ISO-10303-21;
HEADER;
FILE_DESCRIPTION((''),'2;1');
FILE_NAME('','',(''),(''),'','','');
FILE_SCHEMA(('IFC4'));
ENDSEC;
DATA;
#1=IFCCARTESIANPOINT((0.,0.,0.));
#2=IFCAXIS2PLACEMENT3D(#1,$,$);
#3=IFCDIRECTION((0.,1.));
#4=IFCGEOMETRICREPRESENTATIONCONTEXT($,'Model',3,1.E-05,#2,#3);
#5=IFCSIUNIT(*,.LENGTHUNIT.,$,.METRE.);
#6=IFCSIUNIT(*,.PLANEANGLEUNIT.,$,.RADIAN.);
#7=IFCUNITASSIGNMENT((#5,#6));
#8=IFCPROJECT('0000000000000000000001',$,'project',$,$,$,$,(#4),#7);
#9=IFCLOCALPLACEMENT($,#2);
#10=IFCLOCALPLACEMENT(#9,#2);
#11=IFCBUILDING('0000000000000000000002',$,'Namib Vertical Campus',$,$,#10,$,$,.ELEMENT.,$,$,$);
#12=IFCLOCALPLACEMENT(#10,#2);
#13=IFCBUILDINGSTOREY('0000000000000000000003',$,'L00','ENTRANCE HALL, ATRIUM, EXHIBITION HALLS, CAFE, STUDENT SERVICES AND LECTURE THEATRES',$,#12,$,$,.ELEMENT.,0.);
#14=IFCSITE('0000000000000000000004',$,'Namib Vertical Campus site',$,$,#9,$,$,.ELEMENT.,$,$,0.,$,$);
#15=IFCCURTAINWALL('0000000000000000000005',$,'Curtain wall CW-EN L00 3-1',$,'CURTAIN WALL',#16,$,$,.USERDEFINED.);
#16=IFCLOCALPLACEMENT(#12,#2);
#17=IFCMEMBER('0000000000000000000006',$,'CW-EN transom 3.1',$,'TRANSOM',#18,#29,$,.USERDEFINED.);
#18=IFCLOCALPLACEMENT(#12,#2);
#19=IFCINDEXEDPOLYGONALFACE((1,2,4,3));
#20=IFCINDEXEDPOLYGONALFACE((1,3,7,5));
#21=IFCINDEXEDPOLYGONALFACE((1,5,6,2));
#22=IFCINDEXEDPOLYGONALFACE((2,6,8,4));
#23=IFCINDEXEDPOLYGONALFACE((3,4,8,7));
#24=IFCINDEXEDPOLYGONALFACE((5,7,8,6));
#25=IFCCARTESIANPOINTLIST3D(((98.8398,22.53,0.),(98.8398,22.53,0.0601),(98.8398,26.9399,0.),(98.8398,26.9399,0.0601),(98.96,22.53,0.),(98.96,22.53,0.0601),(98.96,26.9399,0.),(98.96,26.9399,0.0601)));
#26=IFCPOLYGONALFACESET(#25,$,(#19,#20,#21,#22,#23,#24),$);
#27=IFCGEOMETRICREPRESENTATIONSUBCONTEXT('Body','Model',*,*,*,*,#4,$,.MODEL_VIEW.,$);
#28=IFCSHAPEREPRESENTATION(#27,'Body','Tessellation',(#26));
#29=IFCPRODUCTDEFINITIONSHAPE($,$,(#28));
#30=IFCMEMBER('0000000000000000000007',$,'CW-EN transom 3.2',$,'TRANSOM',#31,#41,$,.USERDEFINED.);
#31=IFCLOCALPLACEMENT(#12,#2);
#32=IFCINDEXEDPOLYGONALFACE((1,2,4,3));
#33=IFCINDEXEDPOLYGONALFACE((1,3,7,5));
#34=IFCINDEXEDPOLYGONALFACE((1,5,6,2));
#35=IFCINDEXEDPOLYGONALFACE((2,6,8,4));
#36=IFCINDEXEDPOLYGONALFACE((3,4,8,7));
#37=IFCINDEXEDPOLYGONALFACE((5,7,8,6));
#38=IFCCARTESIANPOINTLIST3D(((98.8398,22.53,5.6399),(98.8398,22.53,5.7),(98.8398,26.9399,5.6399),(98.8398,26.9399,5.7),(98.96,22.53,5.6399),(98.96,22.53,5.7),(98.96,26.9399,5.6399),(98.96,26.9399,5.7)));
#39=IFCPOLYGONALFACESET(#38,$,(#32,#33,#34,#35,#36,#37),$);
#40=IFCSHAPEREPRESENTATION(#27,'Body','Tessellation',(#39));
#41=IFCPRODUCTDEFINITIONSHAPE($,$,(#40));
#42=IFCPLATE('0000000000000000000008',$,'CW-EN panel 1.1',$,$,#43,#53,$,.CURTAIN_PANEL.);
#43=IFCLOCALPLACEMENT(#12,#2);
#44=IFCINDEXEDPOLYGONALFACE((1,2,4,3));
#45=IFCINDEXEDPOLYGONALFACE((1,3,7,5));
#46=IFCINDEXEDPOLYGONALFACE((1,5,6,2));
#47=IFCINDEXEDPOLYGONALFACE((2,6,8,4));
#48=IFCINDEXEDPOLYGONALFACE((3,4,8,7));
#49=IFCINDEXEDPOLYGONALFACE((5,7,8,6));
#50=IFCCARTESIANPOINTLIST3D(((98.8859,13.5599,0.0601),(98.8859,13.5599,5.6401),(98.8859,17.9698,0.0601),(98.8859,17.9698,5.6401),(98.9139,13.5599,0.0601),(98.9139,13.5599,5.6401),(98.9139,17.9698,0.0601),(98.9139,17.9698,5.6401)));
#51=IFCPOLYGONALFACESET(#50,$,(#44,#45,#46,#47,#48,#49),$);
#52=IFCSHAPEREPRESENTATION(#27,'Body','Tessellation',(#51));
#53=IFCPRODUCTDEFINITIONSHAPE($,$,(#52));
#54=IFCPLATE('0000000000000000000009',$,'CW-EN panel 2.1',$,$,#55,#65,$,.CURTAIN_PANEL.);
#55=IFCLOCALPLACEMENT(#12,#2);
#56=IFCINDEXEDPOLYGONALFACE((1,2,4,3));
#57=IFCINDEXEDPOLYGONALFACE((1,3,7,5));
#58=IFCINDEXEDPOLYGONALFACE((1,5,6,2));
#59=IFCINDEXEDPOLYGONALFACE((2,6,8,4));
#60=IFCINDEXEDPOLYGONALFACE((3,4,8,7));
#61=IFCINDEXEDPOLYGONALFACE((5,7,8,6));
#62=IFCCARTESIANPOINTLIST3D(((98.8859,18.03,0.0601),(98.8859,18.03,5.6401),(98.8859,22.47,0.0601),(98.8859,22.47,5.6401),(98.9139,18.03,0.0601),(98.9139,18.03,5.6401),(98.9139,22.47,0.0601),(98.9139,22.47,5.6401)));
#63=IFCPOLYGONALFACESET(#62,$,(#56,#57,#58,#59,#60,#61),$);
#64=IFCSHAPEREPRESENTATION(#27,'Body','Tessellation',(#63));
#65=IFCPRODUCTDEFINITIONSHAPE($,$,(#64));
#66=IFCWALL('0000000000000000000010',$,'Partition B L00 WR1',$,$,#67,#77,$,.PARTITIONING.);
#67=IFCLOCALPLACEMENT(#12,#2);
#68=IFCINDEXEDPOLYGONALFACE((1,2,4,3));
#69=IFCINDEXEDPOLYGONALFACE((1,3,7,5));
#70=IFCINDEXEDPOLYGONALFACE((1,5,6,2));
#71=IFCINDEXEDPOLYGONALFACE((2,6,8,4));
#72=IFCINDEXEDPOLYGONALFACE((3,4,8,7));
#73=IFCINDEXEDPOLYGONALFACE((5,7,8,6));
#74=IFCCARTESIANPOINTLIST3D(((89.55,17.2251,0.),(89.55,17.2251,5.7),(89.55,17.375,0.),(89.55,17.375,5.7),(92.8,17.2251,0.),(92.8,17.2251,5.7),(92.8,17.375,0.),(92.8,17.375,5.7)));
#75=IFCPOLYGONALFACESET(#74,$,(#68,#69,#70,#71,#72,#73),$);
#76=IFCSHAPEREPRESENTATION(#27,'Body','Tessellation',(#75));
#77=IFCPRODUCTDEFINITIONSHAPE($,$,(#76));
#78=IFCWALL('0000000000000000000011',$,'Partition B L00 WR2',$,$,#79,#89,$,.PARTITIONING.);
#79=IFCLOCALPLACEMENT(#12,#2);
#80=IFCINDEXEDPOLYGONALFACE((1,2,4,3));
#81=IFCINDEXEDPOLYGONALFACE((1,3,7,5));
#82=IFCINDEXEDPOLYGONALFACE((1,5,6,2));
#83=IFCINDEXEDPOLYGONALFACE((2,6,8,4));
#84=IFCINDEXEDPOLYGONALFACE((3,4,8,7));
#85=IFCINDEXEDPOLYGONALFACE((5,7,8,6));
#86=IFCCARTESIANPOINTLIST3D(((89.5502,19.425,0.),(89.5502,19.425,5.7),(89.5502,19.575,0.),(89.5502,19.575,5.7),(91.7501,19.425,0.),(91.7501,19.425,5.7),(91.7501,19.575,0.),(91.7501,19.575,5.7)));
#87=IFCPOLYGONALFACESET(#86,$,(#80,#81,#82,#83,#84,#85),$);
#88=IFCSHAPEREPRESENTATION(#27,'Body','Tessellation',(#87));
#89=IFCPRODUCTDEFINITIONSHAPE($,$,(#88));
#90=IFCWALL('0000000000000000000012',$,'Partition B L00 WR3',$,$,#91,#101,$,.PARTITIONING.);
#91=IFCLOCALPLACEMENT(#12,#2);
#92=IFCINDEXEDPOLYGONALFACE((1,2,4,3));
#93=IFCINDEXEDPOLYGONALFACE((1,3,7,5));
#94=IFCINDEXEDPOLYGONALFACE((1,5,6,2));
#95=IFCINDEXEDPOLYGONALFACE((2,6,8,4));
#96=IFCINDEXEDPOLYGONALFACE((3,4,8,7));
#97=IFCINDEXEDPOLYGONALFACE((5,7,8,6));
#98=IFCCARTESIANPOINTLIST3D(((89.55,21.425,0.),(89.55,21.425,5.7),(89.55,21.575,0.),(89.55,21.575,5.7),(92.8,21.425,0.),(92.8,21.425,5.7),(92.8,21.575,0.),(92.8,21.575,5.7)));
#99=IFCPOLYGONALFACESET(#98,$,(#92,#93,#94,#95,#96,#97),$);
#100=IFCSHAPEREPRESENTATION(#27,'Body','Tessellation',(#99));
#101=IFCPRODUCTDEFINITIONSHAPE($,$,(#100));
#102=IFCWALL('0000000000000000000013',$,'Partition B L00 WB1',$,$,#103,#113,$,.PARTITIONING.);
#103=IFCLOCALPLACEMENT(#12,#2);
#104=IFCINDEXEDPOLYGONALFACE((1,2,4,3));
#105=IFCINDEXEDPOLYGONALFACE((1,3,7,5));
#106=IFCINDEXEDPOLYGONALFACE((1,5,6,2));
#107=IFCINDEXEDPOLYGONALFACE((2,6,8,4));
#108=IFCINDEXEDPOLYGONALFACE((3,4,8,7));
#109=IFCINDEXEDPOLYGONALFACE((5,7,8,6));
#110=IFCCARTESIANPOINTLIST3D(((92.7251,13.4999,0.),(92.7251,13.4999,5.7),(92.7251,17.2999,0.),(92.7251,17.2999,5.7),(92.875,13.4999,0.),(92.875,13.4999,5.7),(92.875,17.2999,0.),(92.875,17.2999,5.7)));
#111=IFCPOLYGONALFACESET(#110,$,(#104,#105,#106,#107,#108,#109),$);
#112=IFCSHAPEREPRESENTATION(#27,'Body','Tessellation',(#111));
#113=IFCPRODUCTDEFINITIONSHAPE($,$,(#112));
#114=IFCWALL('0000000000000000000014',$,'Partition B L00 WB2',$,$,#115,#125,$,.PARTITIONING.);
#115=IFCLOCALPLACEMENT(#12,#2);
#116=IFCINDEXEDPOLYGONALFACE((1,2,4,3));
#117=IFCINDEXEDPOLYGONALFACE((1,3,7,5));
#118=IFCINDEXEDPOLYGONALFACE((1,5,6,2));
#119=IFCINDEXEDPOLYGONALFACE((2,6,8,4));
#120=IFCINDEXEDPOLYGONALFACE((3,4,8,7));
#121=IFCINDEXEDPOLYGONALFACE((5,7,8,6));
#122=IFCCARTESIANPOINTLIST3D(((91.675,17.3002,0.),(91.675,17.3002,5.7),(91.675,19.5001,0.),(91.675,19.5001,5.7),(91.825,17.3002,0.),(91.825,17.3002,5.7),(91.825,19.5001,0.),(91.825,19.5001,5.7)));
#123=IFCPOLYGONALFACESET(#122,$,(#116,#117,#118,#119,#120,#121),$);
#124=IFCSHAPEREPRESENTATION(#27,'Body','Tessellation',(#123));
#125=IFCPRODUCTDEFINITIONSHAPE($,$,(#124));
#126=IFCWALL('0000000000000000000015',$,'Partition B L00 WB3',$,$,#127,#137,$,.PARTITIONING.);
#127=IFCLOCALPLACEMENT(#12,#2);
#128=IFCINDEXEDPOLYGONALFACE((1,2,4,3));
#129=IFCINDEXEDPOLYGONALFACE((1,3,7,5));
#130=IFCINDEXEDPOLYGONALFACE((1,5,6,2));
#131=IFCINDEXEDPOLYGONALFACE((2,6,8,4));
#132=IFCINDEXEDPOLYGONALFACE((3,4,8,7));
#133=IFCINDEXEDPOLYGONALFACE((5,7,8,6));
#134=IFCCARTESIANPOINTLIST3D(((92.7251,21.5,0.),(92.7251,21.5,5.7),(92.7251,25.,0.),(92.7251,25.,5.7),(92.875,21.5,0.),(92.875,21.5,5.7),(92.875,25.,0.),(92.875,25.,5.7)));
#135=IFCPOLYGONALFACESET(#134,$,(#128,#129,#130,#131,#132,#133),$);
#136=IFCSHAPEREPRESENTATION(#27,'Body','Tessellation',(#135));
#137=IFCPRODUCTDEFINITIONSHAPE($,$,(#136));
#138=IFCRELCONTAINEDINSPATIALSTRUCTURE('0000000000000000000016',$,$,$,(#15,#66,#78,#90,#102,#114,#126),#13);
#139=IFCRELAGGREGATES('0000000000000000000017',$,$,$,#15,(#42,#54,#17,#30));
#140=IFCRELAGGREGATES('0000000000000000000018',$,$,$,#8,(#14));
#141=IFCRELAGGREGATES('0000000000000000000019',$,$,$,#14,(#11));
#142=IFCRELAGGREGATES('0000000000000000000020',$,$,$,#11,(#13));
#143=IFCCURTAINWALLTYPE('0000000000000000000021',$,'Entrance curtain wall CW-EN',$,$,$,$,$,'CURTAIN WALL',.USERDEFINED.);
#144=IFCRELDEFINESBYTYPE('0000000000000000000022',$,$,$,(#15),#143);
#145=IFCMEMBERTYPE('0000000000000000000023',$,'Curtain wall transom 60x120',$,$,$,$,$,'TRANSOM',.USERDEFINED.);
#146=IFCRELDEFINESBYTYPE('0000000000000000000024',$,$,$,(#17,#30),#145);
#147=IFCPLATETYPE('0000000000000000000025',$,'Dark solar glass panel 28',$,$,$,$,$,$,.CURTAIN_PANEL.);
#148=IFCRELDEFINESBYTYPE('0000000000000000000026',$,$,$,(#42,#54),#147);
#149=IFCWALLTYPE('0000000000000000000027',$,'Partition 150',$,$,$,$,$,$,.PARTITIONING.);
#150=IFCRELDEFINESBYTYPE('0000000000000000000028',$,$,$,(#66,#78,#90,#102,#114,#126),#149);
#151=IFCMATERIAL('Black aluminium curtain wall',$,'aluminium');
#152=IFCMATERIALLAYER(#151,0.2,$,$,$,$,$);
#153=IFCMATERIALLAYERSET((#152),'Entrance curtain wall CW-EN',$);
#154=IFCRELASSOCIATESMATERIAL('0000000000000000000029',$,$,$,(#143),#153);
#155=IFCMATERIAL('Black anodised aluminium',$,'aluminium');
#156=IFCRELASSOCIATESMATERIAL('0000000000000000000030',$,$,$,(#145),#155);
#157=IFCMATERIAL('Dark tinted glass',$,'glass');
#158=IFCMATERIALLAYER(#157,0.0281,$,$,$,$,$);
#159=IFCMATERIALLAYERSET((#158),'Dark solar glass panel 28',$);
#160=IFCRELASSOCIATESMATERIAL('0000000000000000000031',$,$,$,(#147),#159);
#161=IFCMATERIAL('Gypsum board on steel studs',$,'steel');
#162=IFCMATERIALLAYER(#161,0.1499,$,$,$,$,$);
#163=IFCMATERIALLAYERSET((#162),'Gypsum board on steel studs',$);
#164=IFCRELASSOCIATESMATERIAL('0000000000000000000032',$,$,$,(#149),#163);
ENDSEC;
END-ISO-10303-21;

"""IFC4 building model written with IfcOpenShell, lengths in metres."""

from ifc_helpers import new_model, si_unit, direction, frame, frame_2d, origin, origin_2d, place, context, subcontext, project, spatial, rectangle, extrude, material, layer, layer_set, material_profile, profile_set, type_object, element, aggregate, save


model = new_model("IFC4")

# Units and contexts
model_context = context("Model", 3, precision=1e-05, world=origin(), true_north=direction((0.0, 1.0)))
body_context = subcontext(model_context, "Body", "Model", "MODEL_VIEW")
ifc_project = project(units=[si_unit("LENGTHUNIT", "METRE"), si_unit("PLANEANGLEUNIT", "RADIAN")], contexts=[model_context])

# Site, building, storey
site_placement = place(None, origin())
site = spatial("IfcSite", under=ifc_project, at=site_placement, Name="Namib Vertical Campus site", CompositionType="ELEMENT", RefElevation=0.0)
building_placement = place(site_placement, origin())
building = spatial("IfcBuilding", under=site, at=building_placement, Name="Namib Vertical Campus", CompositionType="ELEMENT")
storey_placement = place(building_placement, origin())
storey = spatial("IfcBuildingStorey", under=building, at=storey_placement, Name="L00", Description="ENTRANCE HALL, ATRIUM, EXHIBITION HALLS, CAFE, STUDENT SERVICES AND LECTURE THEATRES", CompositionType="ELEMENT", Elevation=0.0)

# Curtain wall, members, plates
ifc_material_1 = material(Name="Black aluminium curtain wall", Category="aluminium")
ifc_layer_1 = layer(ifc_material_1, 0.2)
ifc_layer_set_1 = layer_set([ifc_layer_1], Name="Entrance curtain wall CW-EN")
curtain_wall_type = type_object("IfcCurtainWallType", Name="Entrance curtain wall CW-EN", ElementType="CURTAIN WALL", PredefinedType="USERDEFINED", material=ifc_layer_set_1)
curtain_wall_placement = place(storey_placement, origin())
curtain_wall = element("IfcCurtainWall", 1, at=curtain_wall_placement, inside=storey, type_object=curtain_wall_type, Name="Curtain wall CW-EN L00 3-1", ObjectType="CURTAIN WALL", PredefinedType="USERDEFINED")
ifc_material_2 = material(Name="Black anodised aluminium", Category="aluminium")
ifc_material_profile_1 = material_profile(ifc_material_2, rectangle(XDim=0.0601, YDim=0.1201, at=origin_2d()))
ifc_profile_set_1 = profile_set([ifc_material_profile_1], Name="Black anodised aluminium")
member_type_1 = type_object("IfcMemberType", Name="Curtain wall transom 60x120", ElementType="TRANSOM", PredefinedType="USERDEFINED", material=ifc_profile_set_1)
member_1_placement = place(storey_placement, frame((98.8999, 22.53, 0.03), z_axis=(0.0, 1.0, 0.0), x_axis=(0.0, 0.0, 1.0)))
member_1 = element("IfcMember", 2, at=member_1_placement, type_object=member_type_1, Name="CW-EN transom 3.1", ObjectType="TRANSOM", PredefinedType="USERDEFINED", context=body_context, shape_type="SweptSolid", body=[
    extrude(rectangle(XDim=0.0601, YDim=0.1201, at=origin_2d()), origin(), (0.0, 0.0, 1.0), 4.4099),
])
member_2_placement = place(storey_placement, frame((98.8999, 22.53, 5.6699), z_axis=(0.0, 1.0, 0.0), x_axis=(0.0, 0.0, 1.0)))
member_2 = element("IfcMember", 3, at=member_2_placement, type_object=member_type_1, Name="CW-EN transom 3.2", ObjectType="TRANSOM", PredefinedType="USERDEFINED", context=body_context, shape_type="SweptSolid", body=[
    extrude(rectangle(XDim=0.0601, YDim=0.1201, at=origin_2d()), origin(), (0.0, 0.0, 1.0), 4.4099),
])
ifc_material_3 = material(Name="Dark tinted glass", Category="glass")
ifc_layer_2 = layer(ifc_material_3, 0.0281)
ifc_layer_set_2 = layer_set([ifc_layer_2], Name="Dark solar glass panel 28")
plate_type = type_object("IfcPlateType", Name="Dark solar glass panel 28", PredefinedType="CURTAIN_PANEL", material=ifc_layer_set_2)
plate_1_placement = place(storey_placement, frame((98.8999, 15.7649, 0.0601), z_axis=(0.0, 0.0, 1.0), x_axis=(0.0, 1.0, 0.0)))
plate_1 = element("IfcPlate", 4, at=plate_1_placement, type_object=plate_type, Name="CW-EN panel 1.1", PredefinedType="CURTAIN_PANEL", context=body_context, shape_type="SweptSolid", body=[
    extrude(rectangle(XDim=4.4099, YDim=0.0281, at=origin_2d()), origin(), (0.0, 0.0, 1.0), 5.5801),
])
plate_2_placement = place(storey_placement, frame((98.8999, 20.25, 0.0601), z_axis=(0.0, 0.0, 1.0), x_axis=(0.0, 1.0, 0.0)))
plate_2 = element("IfcPlate", 5, at=plate_2_placement, type_object=plate_type, Name="CW-EN panel 2.1", PredefinedType="CURTAIN_PANEL", context=body_context, shape_type="SweptSolid", body=[
    extrude(rectangle(XDim=4.4399, YDim=0.0281, at=origin_2d()), origin(), (0.0, 0.0, 1.0), 5.5801),
])
aggregate(curtain_wall, [plate_1, plate_2, member_1, member_2])

# Walls
ifc_material_4 = material(Name="Gypsum board on steel studs", Category="steel")
ifc_layer_3 = layer(ifc_material_4, 0.1499)
ifc_layer_set_3 = layer_set([ifc_layer_3], Name="Gypsum board on steel studs")
wall_type = type_object("IfcWallType", Name="Partition 150", PredefinedType="PARTITIONING", material=ifc_layer_set_3)
wall_1_placement = place(storey_placement, frame((89.55, 17.3, 0.0), z_axis=(0.0, 0.0, 1.0), x_axis=(1.0, 0.0, 0.0)))
element("IfcWall", 6, at=wall_1_placement, inside=storey, type_object=wall_type, Name="Partition B L00 WR1", PredefinedType="PARTITIONING", context=body_context, shape_type="SweptSolid", body=[
    extrude(rectangle(XDim=3.25, YDim=0.1499, at=frame_2d((1.625, 0.0))), origin(), (0.0, 0.0, 1.0), 5.7),
])
wall_2_placement = place(storey_placement, frame((89.55, 19.5, 0.0), z_axis=(0.0, 0.0, 1.0), x_axis=(1.0, 0.0, 0.0)))
element("IfcWall", 7, at=wall_2_placement, inside=storey, type_object=wall_type, Name="Partition B L00 WR2", PredefinedType="PARTITIONING", context=body_context, shape_type="SweptSolid", body=[
    extrude(rectangle(XDim=2.2, YDim=0.1499, at=frame_2d((1.1001, 0.0))), origin(), (0.0, 0.0, 1.0), 5.7),
])
wall_3_placement = place(storey_placement, frame((89.55, 21.5, 0.0), z_axis=(0.0, 0.0, 1.0), x_axis=(1.0, 0.0, 0.0)))
element("IfcWall", 8, at=wall_3_placement, inside=storey, type_object=wall_type, Name="Partition B L00 WR3", PredefinedType="PARTITIONING", context=body_context, shape_type="SweptSolid", body=[
    extrude(rectangle(XDim=3.25, YDim=0.1499, at=frame_2d((1.625, 0.0))), origin(), (0.0, 0.0, 1.0), 5.7),
])
wall_4_placement = place(storey_placement, frame((92.8, 13.5, 0.0), z_axis=(0.0, 0.0, 1.0), x_axis=(0.0, 1.0, 0.0)))
element("IfcWall", 9, at=wall_4_placement, inside=storey, type_object=wall_type, Name="Partition B L00 WB1", PredefinedType="PARTITIONING", context=body_context, shape_type="SweptSolid", body=[
    extrude(rectangle(XDim=3.8, YDim=0.1499, at=frame_2d((1.8999, 0.0))), origin(), (0.0, 0.0, 1.0), 5.7),
])
wall_5_placement = place(storey_placement, frame((91.75, 17.3, 0.0), z_axis=(0.0, 0.0, 1.0), x_axis=(0.0, 1.0, 0.0)))
element("IfcWall", 10, at=wall_5_placement, inside=storey, type_object=wall_type, Name="Partition B L00 WB2", PredefinedType="PARTITIONING", context=body_context, shape_type="SweptSolid", body=[
    extrude(rectangle(XDim=2.2, YDim=0.1499, at=frame_2d((1.1001, 0.0))), origin(), (0.0, 0.0, 1.0), 5.7),
])
wall_6_placement = place(storey_placement, frame((92.8, 21.5, 0.0), z_axis=(0.0, 0.0, 1.0), x_axis=(0.0, 1.0, 0.0)))
element("IfcWall", 11, at=wall_6_placement, inside=storey, type_object=wall_type, Name="Partition B L00 WB3", PredefinedType="PARTITIONING", context=body_context, shape_type="SweptSolid", body=[
    extrude(rectangle(XDim=3.5, YDim=0.1499, at=frame_2d((1.75, 0.0))), origin(), (0.0, 0.0, 1.0), 5.7),
])

save(model, "model.ifc")
